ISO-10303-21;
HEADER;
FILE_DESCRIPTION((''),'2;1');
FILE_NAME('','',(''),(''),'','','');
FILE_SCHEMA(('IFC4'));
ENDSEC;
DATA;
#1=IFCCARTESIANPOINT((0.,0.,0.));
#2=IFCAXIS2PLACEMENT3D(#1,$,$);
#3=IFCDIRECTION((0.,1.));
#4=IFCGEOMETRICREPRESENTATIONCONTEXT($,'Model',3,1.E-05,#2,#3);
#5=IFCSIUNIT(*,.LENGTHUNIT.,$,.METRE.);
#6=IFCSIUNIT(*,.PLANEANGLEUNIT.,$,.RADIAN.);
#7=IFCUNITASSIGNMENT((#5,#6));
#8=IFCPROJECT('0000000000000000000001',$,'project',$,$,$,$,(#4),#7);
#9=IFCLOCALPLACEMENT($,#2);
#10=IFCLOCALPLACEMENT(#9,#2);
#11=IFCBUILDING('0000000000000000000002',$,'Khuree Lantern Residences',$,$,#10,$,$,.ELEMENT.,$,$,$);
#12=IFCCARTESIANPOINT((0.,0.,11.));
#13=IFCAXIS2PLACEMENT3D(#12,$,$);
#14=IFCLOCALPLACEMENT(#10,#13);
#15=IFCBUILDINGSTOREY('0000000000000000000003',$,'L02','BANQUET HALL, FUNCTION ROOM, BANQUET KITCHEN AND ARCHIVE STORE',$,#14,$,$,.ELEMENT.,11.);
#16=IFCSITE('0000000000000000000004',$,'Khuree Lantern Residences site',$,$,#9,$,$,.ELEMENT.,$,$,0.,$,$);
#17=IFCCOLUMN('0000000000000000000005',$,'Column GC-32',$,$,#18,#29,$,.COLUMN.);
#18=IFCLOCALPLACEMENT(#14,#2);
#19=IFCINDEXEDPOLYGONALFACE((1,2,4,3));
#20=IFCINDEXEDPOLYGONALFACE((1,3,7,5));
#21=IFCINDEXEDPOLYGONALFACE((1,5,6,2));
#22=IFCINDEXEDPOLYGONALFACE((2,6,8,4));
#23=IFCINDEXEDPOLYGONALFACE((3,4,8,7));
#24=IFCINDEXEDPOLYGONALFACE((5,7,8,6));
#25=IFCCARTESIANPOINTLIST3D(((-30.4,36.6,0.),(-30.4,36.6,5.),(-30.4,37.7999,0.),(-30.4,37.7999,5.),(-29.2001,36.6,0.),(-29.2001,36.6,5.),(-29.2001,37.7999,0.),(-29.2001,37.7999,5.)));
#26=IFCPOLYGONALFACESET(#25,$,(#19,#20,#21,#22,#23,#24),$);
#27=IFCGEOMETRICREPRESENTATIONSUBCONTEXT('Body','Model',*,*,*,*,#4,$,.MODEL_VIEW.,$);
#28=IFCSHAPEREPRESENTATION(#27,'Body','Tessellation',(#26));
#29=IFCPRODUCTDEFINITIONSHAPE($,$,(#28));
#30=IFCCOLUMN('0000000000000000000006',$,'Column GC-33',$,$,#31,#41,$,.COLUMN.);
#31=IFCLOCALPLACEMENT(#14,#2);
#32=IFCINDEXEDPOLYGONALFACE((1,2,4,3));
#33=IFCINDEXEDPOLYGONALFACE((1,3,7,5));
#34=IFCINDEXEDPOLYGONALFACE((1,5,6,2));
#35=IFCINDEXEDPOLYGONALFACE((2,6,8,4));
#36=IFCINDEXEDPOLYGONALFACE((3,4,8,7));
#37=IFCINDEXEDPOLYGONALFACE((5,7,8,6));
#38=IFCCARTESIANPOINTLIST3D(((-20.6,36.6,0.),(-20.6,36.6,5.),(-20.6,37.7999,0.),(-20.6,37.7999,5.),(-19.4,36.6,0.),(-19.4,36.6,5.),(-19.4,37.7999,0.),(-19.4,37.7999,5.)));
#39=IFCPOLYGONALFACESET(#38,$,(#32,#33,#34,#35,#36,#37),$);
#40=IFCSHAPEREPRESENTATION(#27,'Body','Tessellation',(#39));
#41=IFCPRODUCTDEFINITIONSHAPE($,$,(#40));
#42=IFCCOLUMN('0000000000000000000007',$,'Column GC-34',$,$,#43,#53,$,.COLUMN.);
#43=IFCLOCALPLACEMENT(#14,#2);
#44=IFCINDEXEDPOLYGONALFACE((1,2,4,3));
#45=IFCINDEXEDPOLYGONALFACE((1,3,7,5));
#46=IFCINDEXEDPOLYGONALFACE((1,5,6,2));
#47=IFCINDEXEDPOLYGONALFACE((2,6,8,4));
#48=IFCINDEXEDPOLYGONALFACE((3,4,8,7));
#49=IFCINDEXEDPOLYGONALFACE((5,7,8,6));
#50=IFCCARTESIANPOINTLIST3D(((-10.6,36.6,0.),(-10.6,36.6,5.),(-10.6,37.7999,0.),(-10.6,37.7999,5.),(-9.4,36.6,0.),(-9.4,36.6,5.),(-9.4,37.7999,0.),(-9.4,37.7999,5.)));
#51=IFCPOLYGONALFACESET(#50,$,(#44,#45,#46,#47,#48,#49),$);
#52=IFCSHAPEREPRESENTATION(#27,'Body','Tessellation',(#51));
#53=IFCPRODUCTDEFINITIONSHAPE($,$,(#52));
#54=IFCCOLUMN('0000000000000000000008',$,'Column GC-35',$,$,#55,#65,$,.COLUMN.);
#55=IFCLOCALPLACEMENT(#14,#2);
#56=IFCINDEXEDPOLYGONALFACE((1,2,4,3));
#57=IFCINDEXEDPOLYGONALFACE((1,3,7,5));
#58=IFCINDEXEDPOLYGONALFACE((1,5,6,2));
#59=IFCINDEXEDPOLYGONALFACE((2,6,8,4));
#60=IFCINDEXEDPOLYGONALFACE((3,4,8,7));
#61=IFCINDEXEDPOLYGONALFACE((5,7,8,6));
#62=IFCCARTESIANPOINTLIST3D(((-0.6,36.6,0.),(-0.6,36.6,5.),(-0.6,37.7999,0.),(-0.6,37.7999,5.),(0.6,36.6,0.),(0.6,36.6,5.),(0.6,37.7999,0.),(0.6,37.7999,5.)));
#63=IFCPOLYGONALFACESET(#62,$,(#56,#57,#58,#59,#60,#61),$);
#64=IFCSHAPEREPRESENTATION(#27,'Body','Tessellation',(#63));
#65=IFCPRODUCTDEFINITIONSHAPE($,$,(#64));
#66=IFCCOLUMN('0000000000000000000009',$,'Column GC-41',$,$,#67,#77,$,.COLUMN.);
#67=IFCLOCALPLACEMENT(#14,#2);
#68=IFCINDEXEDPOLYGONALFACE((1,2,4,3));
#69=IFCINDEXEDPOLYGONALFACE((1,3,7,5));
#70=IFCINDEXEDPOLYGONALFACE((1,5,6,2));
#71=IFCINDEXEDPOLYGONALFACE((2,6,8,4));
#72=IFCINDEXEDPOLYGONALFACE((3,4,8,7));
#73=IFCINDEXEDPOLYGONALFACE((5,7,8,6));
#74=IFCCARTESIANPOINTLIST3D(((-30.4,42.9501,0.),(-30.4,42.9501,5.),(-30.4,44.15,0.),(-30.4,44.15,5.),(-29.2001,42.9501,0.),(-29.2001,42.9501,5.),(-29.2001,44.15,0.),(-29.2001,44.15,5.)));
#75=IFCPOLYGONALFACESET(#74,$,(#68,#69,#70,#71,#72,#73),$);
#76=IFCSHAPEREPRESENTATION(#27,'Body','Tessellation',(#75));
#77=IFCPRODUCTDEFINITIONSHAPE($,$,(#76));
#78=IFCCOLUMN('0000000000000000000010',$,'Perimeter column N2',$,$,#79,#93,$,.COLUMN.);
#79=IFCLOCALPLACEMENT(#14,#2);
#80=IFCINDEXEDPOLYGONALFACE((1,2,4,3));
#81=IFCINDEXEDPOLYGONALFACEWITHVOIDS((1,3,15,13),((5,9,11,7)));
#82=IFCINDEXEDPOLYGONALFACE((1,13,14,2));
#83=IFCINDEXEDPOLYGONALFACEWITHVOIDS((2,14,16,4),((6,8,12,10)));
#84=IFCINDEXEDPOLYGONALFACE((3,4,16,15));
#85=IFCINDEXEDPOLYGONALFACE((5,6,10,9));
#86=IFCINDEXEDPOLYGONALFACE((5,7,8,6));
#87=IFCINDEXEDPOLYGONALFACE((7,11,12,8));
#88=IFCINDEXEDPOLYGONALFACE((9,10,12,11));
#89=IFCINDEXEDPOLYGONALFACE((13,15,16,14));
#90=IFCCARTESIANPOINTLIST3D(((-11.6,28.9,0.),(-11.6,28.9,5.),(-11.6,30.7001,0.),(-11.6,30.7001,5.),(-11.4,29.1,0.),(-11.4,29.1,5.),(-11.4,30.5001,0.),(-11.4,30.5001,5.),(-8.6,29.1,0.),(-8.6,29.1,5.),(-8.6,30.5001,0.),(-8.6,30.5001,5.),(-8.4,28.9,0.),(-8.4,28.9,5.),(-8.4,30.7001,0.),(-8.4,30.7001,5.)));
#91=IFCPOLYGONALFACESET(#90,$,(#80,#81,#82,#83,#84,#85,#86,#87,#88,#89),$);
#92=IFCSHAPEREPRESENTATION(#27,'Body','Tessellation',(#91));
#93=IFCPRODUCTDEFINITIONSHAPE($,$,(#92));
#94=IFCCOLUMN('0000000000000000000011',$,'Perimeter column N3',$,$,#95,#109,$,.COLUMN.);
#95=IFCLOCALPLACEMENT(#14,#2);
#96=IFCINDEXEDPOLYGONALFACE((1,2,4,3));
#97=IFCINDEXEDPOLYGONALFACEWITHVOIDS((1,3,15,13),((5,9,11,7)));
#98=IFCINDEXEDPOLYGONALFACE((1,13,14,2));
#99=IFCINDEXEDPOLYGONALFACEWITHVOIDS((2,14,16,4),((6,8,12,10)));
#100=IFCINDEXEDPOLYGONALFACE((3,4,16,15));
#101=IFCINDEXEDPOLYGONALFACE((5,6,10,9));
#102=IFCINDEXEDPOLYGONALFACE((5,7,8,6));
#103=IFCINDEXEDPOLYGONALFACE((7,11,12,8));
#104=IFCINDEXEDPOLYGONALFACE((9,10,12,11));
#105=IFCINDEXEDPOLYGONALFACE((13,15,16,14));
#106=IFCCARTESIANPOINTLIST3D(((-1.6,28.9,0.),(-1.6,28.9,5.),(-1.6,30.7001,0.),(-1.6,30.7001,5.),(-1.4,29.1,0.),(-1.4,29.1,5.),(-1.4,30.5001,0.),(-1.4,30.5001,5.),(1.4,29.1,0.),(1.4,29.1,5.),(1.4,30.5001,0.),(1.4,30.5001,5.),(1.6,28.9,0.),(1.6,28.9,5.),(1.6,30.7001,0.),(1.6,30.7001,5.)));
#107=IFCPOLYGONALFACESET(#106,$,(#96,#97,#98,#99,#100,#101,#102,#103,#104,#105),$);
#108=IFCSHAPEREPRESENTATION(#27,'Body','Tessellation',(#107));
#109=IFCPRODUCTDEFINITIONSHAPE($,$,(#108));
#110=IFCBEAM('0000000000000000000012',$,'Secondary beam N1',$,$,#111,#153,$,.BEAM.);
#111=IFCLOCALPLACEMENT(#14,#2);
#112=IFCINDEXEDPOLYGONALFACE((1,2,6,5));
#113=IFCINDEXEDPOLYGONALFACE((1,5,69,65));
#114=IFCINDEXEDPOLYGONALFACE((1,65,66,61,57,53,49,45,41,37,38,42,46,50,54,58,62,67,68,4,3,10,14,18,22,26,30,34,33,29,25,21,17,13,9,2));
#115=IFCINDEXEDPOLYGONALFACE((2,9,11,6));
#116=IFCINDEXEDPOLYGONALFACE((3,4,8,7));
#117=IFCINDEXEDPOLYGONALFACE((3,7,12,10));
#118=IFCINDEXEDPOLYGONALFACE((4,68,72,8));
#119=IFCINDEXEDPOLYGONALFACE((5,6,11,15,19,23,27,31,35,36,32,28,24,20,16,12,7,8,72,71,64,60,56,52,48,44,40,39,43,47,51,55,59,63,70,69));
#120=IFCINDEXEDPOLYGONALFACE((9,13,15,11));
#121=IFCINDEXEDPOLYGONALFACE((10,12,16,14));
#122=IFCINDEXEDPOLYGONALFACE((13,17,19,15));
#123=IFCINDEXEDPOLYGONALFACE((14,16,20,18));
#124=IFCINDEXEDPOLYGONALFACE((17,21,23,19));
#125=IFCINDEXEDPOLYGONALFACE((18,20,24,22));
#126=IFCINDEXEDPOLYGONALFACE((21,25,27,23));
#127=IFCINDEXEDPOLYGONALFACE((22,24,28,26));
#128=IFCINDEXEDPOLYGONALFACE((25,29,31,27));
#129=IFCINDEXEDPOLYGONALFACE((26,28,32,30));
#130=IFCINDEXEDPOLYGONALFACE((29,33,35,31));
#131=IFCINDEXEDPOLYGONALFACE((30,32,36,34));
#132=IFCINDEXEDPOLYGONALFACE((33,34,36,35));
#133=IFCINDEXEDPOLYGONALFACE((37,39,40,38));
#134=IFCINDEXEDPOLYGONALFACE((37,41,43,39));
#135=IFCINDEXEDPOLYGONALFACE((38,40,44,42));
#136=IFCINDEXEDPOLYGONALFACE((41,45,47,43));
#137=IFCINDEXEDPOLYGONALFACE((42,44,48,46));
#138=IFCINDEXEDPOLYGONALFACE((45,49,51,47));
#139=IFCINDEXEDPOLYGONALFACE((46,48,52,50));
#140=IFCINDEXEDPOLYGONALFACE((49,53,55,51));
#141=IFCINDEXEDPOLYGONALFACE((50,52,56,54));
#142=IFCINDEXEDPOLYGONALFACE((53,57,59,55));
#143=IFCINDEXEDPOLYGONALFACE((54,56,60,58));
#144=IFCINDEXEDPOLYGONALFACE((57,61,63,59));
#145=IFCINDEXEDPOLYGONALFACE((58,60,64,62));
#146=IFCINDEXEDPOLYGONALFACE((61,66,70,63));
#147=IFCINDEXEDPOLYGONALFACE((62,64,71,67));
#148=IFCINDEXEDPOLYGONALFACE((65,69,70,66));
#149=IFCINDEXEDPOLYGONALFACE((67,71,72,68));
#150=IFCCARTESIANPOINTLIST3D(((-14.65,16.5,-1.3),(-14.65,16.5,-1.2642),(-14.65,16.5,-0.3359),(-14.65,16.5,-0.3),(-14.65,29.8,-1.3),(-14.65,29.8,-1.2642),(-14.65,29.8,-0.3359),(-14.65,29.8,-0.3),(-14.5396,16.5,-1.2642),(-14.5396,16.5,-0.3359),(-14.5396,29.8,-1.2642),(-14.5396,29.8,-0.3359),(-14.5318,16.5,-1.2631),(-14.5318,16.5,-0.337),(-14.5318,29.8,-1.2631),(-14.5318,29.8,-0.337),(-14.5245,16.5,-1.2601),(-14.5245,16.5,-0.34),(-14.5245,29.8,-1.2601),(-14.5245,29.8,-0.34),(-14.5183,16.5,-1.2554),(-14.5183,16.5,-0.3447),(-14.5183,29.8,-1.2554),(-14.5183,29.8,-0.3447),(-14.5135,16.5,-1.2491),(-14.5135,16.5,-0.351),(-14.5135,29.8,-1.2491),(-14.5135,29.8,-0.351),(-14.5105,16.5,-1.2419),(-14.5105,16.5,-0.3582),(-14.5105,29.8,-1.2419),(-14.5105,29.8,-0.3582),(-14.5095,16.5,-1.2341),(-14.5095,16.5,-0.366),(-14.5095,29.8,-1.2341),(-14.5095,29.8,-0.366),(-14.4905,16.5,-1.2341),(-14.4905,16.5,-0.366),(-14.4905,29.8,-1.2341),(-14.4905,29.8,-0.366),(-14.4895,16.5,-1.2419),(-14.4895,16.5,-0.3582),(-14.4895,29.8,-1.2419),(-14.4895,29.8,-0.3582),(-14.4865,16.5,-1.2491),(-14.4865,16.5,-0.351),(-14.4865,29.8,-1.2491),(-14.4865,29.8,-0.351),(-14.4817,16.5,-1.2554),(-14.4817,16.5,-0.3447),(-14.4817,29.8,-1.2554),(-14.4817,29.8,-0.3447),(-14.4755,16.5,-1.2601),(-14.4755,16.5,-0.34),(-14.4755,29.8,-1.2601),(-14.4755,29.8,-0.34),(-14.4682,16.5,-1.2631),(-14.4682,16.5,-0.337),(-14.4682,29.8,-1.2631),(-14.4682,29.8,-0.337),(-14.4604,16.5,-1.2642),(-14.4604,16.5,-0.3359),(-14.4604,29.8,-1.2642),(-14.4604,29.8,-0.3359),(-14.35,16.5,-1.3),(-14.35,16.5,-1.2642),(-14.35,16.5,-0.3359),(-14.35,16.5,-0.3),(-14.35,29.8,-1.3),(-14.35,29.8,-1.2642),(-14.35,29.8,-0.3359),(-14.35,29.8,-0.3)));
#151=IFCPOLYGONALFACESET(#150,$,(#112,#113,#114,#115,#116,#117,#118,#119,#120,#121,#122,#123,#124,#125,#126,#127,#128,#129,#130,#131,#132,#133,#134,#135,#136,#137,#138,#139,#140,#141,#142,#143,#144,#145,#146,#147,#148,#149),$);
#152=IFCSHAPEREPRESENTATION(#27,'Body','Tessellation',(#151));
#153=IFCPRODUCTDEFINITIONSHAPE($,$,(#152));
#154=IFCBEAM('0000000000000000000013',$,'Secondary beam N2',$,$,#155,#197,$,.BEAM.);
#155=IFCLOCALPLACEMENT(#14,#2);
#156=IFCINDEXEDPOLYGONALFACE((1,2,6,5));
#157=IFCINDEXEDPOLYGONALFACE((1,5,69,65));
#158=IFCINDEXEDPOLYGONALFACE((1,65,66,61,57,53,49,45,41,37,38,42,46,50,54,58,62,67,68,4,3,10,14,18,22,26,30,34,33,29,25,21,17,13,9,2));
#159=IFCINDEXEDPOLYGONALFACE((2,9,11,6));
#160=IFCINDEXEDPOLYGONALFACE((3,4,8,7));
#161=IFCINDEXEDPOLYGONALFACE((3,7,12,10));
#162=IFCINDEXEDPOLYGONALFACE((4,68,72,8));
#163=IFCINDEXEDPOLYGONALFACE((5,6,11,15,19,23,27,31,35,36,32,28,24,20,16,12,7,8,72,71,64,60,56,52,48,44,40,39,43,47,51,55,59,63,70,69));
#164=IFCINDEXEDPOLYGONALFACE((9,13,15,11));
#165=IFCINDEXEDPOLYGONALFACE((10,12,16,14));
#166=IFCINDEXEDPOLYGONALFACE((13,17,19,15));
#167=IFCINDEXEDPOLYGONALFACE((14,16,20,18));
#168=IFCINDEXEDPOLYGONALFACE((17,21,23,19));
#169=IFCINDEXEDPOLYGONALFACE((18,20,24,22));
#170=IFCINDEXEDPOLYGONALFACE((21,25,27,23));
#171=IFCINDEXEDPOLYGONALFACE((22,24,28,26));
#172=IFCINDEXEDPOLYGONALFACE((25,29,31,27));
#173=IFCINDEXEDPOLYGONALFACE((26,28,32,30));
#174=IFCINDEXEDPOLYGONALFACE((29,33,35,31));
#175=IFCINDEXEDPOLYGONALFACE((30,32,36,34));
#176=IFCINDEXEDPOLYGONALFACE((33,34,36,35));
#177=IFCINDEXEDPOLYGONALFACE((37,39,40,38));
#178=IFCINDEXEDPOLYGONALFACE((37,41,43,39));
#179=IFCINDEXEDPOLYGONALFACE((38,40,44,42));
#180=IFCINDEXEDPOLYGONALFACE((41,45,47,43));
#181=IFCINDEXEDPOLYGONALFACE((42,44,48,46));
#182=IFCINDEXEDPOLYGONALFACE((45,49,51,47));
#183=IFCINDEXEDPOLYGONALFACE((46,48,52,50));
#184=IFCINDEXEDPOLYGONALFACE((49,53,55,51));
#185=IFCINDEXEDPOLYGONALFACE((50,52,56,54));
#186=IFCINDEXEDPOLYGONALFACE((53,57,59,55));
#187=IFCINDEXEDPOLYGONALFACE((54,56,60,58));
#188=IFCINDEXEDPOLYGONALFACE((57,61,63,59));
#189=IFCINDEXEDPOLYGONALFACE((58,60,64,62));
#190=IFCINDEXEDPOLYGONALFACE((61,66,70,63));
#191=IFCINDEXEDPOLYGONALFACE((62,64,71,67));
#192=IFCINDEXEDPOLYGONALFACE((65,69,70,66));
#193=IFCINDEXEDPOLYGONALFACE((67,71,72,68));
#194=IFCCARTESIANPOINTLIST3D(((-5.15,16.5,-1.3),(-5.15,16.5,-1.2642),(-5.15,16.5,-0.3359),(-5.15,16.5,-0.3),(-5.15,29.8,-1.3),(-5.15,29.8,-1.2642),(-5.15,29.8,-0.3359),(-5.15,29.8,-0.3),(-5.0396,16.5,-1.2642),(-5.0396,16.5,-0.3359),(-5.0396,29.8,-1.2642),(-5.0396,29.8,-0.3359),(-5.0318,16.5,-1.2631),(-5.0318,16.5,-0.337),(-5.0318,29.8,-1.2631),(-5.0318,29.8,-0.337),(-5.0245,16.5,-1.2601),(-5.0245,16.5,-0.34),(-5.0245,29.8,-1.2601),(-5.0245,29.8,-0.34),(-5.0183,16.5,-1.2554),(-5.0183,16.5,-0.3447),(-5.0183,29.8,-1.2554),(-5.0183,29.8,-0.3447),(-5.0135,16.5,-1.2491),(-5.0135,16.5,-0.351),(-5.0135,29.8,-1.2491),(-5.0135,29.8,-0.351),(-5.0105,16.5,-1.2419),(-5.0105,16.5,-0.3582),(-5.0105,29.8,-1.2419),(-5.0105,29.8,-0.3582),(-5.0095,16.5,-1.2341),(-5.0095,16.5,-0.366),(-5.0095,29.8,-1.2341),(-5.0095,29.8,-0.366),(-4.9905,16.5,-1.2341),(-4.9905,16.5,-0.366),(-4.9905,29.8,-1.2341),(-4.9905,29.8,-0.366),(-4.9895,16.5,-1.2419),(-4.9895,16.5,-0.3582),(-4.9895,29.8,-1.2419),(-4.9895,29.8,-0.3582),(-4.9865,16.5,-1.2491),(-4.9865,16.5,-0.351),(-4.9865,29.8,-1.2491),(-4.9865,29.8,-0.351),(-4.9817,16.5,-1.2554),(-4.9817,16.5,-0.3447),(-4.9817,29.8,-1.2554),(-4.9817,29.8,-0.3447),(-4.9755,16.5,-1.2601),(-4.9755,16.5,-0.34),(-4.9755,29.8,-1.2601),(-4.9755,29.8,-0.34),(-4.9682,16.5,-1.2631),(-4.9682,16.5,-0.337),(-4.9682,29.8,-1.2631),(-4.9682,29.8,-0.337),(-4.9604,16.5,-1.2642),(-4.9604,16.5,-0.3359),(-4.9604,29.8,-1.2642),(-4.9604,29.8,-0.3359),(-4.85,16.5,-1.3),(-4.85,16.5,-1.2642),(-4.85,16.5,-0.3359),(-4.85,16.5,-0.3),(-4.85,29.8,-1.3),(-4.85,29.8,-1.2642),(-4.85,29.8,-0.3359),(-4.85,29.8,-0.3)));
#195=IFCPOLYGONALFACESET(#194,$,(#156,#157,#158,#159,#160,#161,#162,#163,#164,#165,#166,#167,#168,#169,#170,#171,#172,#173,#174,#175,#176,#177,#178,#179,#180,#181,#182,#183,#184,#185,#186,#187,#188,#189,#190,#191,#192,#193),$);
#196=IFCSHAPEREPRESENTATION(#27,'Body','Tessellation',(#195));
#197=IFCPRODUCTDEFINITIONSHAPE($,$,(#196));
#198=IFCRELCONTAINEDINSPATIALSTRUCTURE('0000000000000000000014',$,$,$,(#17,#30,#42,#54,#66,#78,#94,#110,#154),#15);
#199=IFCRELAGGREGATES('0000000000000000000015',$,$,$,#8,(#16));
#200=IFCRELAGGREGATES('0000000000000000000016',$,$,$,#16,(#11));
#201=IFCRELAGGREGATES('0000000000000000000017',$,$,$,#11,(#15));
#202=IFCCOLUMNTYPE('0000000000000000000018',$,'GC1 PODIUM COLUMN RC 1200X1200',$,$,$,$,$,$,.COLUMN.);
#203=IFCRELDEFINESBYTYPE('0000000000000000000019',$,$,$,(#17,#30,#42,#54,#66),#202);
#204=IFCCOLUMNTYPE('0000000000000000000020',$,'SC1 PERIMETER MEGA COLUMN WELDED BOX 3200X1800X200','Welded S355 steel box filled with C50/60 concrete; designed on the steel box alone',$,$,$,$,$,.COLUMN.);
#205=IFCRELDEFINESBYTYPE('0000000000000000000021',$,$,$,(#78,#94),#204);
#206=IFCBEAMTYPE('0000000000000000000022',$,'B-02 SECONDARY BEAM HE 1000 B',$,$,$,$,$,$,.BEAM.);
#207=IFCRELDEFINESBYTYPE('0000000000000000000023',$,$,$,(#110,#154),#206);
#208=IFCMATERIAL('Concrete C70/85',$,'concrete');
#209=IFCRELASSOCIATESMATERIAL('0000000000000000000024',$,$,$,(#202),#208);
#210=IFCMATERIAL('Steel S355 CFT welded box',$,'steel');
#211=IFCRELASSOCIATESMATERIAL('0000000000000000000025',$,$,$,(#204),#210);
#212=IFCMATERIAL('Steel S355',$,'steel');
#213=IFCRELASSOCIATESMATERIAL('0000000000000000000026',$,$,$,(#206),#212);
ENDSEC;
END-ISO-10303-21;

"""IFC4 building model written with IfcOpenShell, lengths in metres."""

from ifc_helpers import new_model, si_unit, direction, frame, origin, origin_2d, place, context, subcontext, project, spatial, rectangle, hollow_rectangle, i_section, extrude, material, material_profile, profile_set, type_object, element, save


model = new_model("IFC4")

# Units and contexts
model_context = context("Model", 3, precision=1e-05, world=origin(), true_north=direction((0.0, 1.0)))
body_context = subcontext(model_context, "Body", "Model", "MODEL_VIEW")
ifc_project = project(units=[si_unit("LENGTHUNIT", "METRE"), si_unit("PLANEANGLEUNIT", "RADIAN")], contexts=[model_context])

# Site, building, storey
site_placement = place(None, origin())
site = spatial("IfcSite", under=ifc_project, at=site_placement, Name="Khuree Lantern Residences site", CompositionType="ELEMENT", RefElevation=0.0)
building_placement = place(site_placement, origin())
building = spatial("IfcBuilding", under=site, at=building_placement, Name="Khuree Lantern Residences", CompositionType="ELEMENT")
storey_placement = place(building_placement, frame((0.0, 0.0, 11.0)))
storey = spatial("IfcBuildingStorey", under=building, at=storey_placement, Name="L02", Description="BANQUET HALL, FUNCTION ROOM, BANQUET KITCHEN AND ARCHIVE STORE", CompositionType="ELEMENT", Elevation=11.0)

# Columns
ifc_material_1 = material(Name="Concrete C70/85", Category="concrete")
ifc_material_profile_1 = material_profile(ifc_material_1, rectangle(XDim=1.2, YDim=1.2, at=origin_2d()), Name="RC 1200X1200")
ifc_profile_set_1 = profile_set([ifc_material_profile_1], Name="Concrete C70/85")
column_type_1 = type_object("IfcColumnType", Name="GC1 PODIUM COLUMN RC 1200X1200", PredefinedType="COLUMN", material=ifc_profile_set_1)
for number, where, z_axis, x_axis, name in (
    (1, (-29.8, 37.2, 0.0), (0.0, 0.0, 1.0), (1.0, 0.0, 0.0), "Column GC-32"),
    (2, (-20.0, 37.2, 0.0), (0.0, 0.0, 1.0), (1.0, 0.0, 0.0), "Column GC-33"),
    (3, (-10.0, 37.2, 0.0), (0.0, 0.0, 1.0), (1.0, 0.0, 0.0), "Column GC-34"),
    (4, (0.0, 37.2, 0.0), (0.0, 0.0, 1.0), (1.0, 0.0, 0.0), "Column GC-35"),
    (5, (-29.8, 43.55, 0.0), (0.0, 0.0, 1.0), (1.0, 0.0, 0.0), "Column GC-41"),
):
    element("IfcColumn", number, at=place(storey_placement, frame(where, z_axis=z_axis, x_axis=x_axis)), inside=storey, type_object=column_type_1, Name=name, PredefinedType="COLUMN", context=body_context, shape_type="SweptSolid", body=[
        extrude(rectangle(XDim=1.2, YDim=1.2, at=origin_2d()), origin(), (0.0, 0.0, 1.0), 5.0),
    ])
ifc_material_2 = material(Name="Steel S355 CFT welded box", Category="steel")
ifc_material_profile_2 = material_profile(ifc_material_2, hollow_rectangle(XDim=3.2, YDim=1.8, WallThickness=0.2, at=origin_2d()), Name="WELDED BOX 3200X1800X200")
ifc_profile_set_2 = profile_set([ifc_material_profile_2], Name="Steel S355 CFT welded box")
column_type_2 = type_object("IfcColumnType", Name="SC1 PERIMETER MEGA COLUMN WELDED BOX 3200X1800X200", Description="Welded S355 steel box filled with C50/60 concrete; designed on the steel box alone", PredefinedType="COLUMN", material=ifc_profile_set_2)
for number, where, z_axis, x_axis, name in (
    (6, (-10.0, 29.8, 0.0), (0.0, 0.0, 1.0), (1.0, 0.0, 0.0), "Perimeter column N2"),
    (7, (0.0, 29.8, 0.0), (0.0, 0.0, 1.0), (1.0, 0.0, 0.0), "Perimeter column N3"),
):
    element("IfcColumn", number, at=place(storey_placement, frame(where, z_axis=z_axis, x_axis=x_axis)), inside=storey, type_object=column_type_2, Name=name, PredefinedType="COLUMN", context=body_context, shape_type="SweptSolid", body=[
        extrude(hollow_rectangle(XDim=3.2, YDim=1.8, WallThickness=0.2, at=origin_2d()), origin(), (0.0, 0.0, 1.0), 5.0),
    ])

# Beams
ifc_material_3 = material(Name="Steel S355", Category="steel")
ifc_material_profile_3 = material_profile(ifc_material_3, i_section(OverallWidth=0.3, OverallDepth=1.0, WebThickness=0.019, FlangeThickness=0.0359, FilletRadius=0.03, at=origin_2d()), Name="HE 1000 B")
ifc_profile_set_3 = profile_set([ifc_material_profile_3], Name="Steel S355")
beam_type_1 = type_object("IfcBeamType", Name="B-02 SECONDARY BEAM HE 1000 B", PredefinedType="BEAM", material=ifc_profile_set_3)
for number, where, z_axis, x_axis, name in (
    (8, (-14.5, 29.8, -0.8), (0.0, -1.0, 0.0), (1.0, 0.0, 0.0), "Secondary beam N1"),
    (9, (-5.0, 29.8, -0.8), (0.0, -1.0, 0.0), (1.0, 0.0, 0.0), "Secondary beam N2"),
):
    element("IfcBeam", number, at=place(storey_placement, frame(where, z_axis=z_axis, x_axis=x_axis)), inside=storey, type_object=beam_type_1, Name=name, PredefinedType="BEAM", context=body_context, shape_type="SweptSolid", body=[
        extrude(i_section(OverallWidth=0.3, OverallDepth=1.0, WebThickness=0.019, FlangeThickness=0.0359, FilletRadius=0.03, at=origin_2d()), origin(), (0.0, 0.0, 1.0), 13.3),
    ])

save(model, "model.ifc")
